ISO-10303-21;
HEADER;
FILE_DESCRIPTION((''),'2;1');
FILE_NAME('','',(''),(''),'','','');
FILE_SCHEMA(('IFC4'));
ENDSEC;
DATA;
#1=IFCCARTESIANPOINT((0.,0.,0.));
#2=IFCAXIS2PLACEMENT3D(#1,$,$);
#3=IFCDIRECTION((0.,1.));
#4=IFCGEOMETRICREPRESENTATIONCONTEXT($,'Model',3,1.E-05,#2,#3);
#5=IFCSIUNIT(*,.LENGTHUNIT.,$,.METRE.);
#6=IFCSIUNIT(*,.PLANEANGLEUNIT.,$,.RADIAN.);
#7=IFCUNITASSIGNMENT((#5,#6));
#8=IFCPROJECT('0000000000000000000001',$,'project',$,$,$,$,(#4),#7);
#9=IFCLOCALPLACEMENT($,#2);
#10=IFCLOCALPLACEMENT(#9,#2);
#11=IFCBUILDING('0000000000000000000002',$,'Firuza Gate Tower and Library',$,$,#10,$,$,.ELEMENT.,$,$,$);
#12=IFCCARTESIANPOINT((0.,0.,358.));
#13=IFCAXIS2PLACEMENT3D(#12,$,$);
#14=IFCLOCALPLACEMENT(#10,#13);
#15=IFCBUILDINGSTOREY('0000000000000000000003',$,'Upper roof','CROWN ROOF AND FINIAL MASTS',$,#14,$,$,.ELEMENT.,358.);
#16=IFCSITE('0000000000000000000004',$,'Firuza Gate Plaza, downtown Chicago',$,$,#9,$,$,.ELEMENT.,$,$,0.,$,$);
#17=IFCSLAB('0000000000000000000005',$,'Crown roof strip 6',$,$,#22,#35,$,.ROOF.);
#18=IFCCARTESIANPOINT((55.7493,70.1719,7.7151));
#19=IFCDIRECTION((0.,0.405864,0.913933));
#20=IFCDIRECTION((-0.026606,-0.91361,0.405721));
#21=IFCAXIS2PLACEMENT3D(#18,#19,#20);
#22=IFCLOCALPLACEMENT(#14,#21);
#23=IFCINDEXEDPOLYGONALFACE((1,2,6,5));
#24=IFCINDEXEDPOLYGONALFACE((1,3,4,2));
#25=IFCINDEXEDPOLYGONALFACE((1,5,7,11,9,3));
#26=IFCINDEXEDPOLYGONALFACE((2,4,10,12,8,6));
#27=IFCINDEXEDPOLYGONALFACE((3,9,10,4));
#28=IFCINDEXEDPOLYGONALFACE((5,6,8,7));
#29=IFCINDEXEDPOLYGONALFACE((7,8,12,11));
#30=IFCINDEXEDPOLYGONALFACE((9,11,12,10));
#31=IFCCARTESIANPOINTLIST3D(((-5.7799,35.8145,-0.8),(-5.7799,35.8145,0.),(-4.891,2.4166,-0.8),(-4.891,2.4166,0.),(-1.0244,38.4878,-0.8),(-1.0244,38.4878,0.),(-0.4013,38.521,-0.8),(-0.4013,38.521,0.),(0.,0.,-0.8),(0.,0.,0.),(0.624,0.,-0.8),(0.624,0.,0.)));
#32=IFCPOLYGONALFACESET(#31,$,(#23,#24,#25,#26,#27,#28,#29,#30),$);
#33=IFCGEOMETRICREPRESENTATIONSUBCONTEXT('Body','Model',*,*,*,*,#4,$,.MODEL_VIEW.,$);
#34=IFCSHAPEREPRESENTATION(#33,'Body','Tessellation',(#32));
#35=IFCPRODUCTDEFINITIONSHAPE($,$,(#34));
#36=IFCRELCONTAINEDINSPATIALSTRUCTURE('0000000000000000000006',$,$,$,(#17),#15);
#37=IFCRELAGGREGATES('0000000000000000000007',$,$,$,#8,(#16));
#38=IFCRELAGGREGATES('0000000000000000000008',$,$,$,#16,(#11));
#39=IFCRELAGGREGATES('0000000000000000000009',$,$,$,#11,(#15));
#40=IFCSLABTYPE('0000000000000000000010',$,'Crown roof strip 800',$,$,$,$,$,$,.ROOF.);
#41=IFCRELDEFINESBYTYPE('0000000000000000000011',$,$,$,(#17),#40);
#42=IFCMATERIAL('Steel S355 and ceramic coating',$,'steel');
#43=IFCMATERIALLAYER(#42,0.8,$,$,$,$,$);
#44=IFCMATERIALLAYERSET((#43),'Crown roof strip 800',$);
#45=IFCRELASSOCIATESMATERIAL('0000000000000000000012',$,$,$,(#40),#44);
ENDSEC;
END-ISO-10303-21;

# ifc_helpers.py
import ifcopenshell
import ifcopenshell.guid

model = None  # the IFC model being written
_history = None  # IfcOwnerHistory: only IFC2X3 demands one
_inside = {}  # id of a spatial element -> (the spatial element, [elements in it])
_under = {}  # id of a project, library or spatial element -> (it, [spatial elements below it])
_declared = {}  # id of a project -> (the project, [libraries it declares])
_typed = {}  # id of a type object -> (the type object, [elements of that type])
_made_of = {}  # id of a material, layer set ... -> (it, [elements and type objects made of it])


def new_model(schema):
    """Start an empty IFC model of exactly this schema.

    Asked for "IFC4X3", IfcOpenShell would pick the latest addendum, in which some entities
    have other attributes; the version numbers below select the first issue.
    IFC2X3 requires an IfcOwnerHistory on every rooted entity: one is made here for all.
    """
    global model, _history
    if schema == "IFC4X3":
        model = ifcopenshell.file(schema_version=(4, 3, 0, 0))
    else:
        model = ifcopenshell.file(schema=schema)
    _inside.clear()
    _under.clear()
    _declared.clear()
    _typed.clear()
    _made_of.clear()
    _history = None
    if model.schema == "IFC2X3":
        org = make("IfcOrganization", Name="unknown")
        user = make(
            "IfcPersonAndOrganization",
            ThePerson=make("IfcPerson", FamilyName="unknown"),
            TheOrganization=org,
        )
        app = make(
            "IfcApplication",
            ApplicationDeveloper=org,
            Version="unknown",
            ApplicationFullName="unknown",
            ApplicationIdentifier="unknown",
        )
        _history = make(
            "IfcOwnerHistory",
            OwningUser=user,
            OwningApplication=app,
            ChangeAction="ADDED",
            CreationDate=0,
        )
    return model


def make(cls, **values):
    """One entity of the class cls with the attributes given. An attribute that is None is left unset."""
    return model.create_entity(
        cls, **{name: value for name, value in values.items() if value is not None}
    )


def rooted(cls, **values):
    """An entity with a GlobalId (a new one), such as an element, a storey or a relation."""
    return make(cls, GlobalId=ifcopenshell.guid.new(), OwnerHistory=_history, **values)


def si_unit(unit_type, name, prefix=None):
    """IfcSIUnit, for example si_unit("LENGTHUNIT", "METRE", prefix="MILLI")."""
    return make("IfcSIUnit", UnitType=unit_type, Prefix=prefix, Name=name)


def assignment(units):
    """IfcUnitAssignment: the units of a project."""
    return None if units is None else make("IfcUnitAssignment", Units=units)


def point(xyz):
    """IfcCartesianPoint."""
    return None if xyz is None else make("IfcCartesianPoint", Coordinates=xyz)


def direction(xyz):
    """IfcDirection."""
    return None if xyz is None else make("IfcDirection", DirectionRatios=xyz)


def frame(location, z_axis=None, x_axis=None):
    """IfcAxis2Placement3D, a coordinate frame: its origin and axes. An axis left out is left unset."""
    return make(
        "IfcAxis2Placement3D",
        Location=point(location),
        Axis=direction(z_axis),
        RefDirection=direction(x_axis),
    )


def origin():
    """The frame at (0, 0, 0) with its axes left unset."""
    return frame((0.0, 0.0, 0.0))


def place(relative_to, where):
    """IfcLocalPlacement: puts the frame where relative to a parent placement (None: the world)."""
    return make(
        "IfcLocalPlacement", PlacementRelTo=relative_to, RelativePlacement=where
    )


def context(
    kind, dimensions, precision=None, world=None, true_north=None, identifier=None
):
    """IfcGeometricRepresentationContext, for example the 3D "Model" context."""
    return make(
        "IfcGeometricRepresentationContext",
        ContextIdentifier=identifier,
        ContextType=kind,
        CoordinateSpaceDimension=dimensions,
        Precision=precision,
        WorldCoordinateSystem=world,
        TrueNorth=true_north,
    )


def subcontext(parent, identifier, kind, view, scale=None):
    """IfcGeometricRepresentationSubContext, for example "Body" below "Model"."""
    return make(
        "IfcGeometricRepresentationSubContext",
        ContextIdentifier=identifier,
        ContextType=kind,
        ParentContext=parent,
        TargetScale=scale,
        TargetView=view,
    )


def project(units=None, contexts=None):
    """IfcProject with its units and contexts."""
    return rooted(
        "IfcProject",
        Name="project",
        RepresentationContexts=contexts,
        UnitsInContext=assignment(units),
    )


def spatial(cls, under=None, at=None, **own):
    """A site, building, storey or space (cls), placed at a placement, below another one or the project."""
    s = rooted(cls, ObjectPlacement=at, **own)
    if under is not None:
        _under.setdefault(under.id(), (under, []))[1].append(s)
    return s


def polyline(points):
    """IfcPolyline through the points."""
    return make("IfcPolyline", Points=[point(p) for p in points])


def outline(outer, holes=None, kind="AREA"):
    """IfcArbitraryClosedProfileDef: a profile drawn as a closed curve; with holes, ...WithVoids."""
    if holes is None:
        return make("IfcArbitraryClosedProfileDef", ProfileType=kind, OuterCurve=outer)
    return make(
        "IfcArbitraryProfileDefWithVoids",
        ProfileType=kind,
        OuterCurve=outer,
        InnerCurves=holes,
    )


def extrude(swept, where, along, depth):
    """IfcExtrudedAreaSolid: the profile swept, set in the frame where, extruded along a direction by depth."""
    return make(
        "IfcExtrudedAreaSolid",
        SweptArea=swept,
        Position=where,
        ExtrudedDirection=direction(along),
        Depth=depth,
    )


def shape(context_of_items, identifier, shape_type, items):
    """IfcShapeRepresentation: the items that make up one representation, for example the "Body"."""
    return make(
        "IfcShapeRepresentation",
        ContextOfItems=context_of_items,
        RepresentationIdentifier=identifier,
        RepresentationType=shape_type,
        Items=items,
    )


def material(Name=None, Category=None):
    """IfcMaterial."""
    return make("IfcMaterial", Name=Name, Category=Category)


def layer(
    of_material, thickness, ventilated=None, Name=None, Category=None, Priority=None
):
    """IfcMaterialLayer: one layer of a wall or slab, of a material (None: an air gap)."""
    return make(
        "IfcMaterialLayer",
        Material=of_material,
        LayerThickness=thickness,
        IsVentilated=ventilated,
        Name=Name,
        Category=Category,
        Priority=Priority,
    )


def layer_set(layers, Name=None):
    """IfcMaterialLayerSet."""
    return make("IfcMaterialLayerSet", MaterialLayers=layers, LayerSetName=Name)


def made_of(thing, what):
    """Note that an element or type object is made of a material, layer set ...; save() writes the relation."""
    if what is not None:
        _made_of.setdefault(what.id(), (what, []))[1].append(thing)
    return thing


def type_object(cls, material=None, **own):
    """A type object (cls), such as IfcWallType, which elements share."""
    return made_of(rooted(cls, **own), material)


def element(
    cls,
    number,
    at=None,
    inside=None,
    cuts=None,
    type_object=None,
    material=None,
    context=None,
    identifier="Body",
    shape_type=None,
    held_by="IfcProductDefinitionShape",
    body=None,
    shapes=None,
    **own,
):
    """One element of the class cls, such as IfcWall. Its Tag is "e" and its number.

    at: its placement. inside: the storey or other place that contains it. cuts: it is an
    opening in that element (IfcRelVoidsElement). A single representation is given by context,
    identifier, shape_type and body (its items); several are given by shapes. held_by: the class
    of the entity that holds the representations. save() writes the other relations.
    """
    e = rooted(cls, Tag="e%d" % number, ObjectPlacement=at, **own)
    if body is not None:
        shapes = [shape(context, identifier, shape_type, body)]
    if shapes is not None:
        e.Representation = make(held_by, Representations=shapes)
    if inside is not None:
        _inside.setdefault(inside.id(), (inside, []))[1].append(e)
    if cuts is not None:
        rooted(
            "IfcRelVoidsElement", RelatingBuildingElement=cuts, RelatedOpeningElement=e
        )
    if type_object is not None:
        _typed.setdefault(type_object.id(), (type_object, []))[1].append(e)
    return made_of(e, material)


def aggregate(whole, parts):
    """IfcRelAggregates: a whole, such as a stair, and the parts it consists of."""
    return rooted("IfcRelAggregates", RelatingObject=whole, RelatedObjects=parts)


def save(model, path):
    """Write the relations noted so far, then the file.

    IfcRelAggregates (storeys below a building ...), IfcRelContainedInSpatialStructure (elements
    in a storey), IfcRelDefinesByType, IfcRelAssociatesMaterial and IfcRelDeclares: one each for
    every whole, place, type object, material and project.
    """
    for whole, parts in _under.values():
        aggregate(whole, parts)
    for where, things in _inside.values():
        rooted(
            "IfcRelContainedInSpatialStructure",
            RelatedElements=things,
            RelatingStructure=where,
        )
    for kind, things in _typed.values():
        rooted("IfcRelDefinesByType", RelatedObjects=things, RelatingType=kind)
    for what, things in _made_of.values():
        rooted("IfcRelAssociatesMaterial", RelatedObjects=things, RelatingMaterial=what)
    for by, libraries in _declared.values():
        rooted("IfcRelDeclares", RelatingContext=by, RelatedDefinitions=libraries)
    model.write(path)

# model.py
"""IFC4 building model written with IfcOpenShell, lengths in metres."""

from ifc_helpers import new_model, si_unit, direction, frame, origin, place, context, subcontext, project, spatial, polyline, outline, extrude, material, layer, layer_set, type_object, element, save


model = new_model("IFC4")

# Units and contexts
model_context = context("Model", 3, precision=1e-05, world=origin(), true_north=direction((0.0, 1.0)))
body_context = subcontext(model_context, "Body", "Model", "MODEL_VIEW")
ifc_project = project(units=[si_unit("LENGTHUNIT", "METRE"), si_unit("PLANEANGLEUNIT", "RADIAN")], contexts=[model_context])

# Site, building, storey
site_placement = place(None, origin())
site = spatial("IfcSite", under=ifc_project, at=site_placement, Name="Firuza Gate Plaza, downtown Chicago", CompositionType="ELEMENT", RefElevation=0.0)
building_placement = place(site_placement, origin())
building = spatial("IfcBuilding", under=site, at=building_placement, Name="Firuza Gate Tower and Library", CompositionType="ELEMENT")
storey_placement = place(building_placement, frame((0.0, 0.0, 358.0)))
storey = spatial("IfcBuildingStorey", under=building, at=storey_placement, Name="Upper roof", Description="CROWN ROOF AND FINIAL MASTS", CompositionType="ELEMENT", Elevation=358.0)

# Slab
ifc_material_1 = material(Name="Steel S355 and ceramic coating", Category="steel")
ifc_layer_1 = layer(ifc_material_1, 0.8)
ifc_layer_set_1 = layer_set([ifc_layer_1], Name="Crown roof strip 800")
slab_type = type_object("IfcSlabType", Name="Crown roof strip 800", PredefinedType="ROOF", material=ifc_layer_set_1)
slab_placement = place(storey_placement, frame((55.7493, 70.1719, 7.7151), z_axis=(0.0, 0.405864, 0.913933), x_axis=(-0.026606, -0.91361, 0.405721)))
element("IfcSlab", 1, at=slab_placement, inside=storey, type_object=slab_type, Name="Crown roof strip 6", PredefinedType="ROOF", context=body_context, shape_type="SweptSolid", body=[
    extrude(outline(polyline([(0.0, 0.0), (0.624, 0.0), (-0.4013, 38.521), (-1.0244, 38.4878), (-5.7799, 35.8145), (-4.891, 2.4166), (0.0, 0.0)])), origin(), (0.0, 0.0, -1.0), 0.8),
])

save(model, "model.ifc")
